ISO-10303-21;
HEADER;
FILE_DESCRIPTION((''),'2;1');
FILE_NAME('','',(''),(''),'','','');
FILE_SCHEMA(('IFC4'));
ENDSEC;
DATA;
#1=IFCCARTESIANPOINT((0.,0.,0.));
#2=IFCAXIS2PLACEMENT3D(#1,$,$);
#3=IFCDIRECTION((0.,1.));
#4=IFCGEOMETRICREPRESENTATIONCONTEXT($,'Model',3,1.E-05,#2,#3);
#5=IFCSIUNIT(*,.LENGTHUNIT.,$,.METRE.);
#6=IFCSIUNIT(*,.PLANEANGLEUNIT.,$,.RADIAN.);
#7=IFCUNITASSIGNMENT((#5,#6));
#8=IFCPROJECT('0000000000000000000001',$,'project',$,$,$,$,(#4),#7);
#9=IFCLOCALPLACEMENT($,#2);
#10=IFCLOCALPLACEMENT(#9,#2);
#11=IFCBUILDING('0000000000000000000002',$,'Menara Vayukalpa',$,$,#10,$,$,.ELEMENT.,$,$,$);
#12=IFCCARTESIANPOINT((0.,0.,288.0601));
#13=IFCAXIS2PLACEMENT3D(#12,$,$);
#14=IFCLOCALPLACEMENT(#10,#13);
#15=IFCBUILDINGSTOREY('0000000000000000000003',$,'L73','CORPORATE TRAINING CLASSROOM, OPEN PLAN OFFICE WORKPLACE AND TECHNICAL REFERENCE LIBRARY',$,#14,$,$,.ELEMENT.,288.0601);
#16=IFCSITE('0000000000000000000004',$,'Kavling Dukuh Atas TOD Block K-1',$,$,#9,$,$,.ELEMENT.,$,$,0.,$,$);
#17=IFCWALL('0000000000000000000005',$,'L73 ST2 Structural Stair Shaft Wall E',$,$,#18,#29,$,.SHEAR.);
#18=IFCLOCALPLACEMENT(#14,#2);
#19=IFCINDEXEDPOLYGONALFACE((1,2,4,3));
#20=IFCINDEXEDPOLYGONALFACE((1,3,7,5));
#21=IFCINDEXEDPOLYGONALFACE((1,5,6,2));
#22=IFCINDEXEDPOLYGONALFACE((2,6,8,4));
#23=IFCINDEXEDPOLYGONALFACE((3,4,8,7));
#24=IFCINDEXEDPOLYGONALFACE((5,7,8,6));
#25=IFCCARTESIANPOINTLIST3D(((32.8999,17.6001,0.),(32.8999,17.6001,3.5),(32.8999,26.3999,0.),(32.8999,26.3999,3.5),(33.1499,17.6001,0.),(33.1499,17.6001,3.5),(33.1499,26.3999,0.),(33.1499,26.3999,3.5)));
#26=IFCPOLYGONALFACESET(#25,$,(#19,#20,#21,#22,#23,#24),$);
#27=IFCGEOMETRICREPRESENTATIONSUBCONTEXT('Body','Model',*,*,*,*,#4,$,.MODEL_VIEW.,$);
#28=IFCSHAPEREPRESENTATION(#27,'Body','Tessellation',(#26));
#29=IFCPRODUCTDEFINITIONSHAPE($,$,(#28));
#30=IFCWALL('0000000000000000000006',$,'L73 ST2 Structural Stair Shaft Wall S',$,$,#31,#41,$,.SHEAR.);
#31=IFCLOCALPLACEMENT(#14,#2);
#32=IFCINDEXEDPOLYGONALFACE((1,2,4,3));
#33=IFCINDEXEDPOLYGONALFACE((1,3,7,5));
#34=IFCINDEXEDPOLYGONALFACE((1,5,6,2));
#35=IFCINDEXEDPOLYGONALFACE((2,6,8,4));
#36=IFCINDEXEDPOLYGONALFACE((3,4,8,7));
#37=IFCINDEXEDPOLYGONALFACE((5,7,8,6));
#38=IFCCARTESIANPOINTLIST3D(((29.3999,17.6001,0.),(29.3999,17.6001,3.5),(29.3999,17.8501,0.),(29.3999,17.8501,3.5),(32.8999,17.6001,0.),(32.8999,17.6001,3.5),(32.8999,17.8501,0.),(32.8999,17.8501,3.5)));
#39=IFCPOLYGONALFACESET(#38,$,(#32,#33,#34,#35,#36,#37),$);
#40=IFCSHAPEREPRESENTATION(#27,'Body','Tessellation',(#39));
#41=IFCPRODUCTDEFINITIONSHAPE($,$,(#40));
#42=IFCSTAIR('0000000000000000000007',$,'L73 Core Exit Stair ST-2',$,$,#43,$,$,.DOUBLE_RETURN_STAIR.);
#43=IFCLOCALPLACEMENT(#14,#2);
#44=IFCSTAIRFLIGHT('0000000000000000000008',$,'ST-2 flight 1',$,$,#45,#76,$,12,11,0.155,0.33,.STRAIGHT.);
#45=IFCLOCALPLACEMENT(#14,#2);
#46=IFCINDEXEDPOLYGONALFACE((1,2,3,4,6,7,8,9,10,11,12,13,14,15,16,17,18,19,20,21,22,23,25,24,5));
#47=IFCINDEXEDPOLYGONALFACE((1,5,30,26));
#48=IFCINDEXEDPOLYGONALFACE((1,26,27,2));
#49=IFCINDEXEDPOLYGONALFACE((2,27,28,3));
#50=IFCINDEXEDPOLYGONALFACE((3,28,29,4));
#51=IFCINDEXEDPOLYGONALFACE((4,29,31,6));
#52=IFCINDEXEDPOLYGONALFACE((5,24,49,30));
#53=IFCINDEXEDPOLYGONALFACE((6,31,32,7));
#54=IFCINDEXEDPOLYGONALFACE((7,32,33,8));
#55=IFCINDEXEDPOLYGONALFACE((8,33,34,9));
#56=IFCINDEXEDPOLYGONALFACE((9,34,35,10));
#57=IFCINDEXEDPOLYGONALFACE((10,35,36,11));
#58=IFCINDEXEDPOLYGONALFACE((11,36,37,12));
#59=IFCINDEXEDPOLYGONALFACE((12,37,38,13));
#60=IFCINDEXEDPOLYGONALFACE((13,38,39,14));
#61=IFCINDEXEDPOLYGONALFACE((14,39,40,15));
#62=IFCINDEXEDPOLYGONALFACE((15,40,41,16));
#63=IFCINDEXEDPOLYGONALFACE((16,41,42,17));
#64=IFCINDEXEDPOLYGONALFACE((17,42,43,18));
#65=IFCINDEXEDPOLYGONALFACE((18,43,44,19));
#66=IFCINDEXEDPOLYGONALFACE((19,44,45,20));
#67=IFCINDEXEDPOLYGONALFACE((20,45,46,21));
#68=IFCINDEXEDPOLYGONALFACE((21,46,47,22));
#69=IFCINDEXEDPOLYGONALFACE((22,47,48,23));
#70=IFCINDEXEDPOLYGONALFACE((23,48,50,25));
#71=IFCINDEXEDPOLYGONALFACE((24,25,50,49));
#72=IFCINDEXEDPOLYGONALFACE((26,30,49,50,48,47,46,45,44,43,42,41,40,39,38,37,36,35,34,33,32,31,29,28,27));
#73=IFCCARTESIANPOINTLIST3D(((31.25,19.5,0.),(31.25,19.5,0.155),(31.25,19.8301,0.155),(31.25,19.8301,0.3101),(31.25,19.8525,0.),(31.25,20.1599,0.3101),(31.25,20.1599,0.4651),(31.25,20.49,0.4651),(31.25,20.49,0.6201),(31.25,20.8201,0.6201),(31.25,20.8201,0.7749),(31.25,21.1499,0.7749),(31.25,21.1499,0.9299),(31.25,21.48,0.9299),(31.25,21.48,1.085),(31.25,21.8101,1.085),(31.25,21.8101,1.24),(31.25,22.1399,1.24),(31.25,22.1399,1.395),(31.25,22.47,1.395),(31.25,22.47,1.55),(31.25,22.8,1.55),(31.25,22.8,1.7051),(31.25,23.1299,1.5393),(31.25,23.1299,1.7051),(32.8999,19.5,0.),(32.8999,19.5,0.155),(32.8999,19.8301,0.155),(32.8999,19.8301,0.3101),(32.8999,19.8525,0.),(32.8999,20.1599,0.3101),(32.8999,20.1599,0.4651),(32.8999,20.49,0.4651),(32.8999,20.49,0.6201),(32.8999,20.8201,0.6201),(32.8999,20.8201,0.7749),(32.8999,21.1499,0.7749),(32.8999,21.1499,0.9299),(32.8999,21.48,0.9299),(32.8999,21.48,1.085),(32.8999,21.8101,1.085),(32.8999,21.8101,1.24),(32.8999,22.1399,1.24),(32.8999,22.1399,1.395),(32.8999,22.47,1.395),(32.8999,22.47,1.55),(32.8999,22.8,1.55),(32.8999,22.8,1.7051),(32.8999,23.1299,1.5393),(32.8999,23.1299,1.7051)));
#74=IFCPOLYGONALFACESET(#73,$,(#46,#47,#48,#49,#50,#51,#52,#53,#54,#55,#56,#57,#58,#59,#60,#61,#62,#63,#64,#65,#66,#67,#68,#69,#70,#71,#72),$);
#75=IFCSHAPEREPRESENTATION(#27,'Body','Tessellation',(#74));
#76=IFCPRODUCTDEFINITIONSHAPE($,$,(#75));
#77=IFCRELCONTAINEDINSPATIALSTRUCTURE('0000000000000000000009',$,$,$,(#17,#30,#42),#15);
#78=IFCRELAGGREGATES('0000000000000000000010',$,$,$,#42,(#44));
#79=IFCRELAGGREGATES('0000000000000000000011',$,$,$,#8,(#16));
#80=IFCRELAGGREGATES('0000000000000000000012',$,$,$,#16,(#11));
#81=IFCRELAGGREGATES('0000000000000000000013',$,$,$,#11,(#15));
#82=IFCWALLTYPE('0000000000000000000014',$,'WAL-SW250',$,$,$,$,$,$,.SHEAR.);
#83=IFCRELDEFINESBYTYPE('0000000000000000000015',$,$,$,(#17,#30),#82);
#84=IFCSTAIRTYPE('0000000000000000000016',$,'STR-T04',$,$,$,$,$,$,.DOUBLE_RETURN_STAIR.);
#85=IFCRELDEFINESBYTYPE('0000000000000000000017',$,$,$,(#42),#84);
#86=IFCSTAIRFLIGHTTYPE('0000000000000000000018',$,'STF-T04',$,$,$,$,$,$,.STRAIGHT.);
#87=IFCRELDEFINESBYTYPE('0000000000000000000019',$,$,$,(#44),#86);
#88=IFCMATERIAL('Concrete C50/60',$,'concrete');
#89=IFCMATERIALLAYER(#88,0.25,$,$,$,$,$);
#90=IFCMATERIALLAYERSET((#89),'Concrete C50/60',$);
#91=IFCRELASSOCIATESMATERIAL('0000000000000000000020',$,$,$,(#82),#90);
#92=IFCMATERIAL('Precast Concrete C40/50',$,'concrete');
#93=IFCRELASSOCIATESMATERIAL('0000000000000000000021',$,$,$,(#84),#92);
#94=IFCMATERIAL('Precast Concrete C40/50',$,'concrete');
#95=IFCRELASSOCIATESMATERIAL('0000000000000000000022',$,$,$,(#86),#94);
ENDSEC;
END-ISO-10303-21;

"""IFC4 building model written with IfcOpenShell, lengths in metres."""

from ifc_helpers import new_model, si_unit, direction, frame, frame_2d, origin, place, context, subcontext, project, spatial, polyline, rectangle, outline, extrude, material, layer, layer_set, type_object, element, aggregate, save


model = new_model("IFC4")

# Units and contexts
model_context = context("Model", 3, precision=1e-05, world=origin(), true_north=direction((0.0, 1.0)))
body_context = subcontext(model_context, "Body", "Model", "MODEL_VIEW")
ifc_project = project(units=[si_unit("LENGTHUNIT", "METRE"), si_unit("PLANEANGLEUNIT", "RADIAN")], contexts=[model_context])

# Site, building, storey
site_placement = place(None, origin())
site = spatial("IfcSite", under=ifc_project, at=site_placement, Name="Kavling Dukuh Atas TOD Block K-1", CompositionType="ELEMENT", RefElevation=0.0)
building_placement = place(site_placement, origin())
building = spatial("IfcBuilding", under=site, at=building_placement, Name="Menara Vayukalpa", CompositionType="ELEMENT")
storey_placement = place(building_placement, frame((0.0, 0.0, 288.0601)))
storey = spatial("IfcBuildingStorey", under=building, at=storey_placement, Name="L73", Description="CORPORATE TRAINING CLASSROOM, OPEN PLAN OFFICE WORKPLACE AND TECHNICAL REFERENCE LIBRARY", CompositionType="ELEMENT", Elevation=288.0601)

# Walls
ifc_material_1 = material(Name="Concrete C50/60", Category="concrete")
ifc_layer_1 = layer(ifc_material_1, 0.25)
ifc_layer_set_1 = layer_set([ifc_layer_1], Name="Concrete C50/60")
wall_type_1 = type_object("IfcWallType", Name="WAL-SW250", PredefinedType="SHEAR", material=ifc_layer_set_1)
wall_1_placement = place(storey_placement, frame((33.0249, 17.6001, 0.0), z_axis=(0.0, 0.0, 1.0), x_axis=(0.0, 1.0, 0.0)))
element("IfcWall", 1, at=wall_1_placement, inside=storey, type_object=wall_type_1, Name="L73 ST2 Structural Stair Shaft Wall E", PredefinedType="SHEAR", context=body_context, shape_type="SweptSolid", body=[
    extrude(rectangle(XDim=8.7998, YDim=0.25, at=frame_2d((4.3999, 0.0))), origin(), (0.0, 0.0, 1.0), 3.5),
])
wall_2_placement = place(storey_placement, frame((29.3999, 17.7251, 0.0), z_axis=(0.0, 0.0, 1.0), x_axis=(1.0, 0.0, 0.0)))
element("IfcWall", 2, at=wall_2_placement, inside=storey, type_object=wall_type_1, Name="L73 ST2 Structural Stair Shaft Wall S", PredefinedType="SHEAR", context=body_context, shape_type="SweptSolid", body=[
    extrude(rectangle(XDim=3.5, YDim=0.25, at=frame_2d((1.75, 0.0))), origin(), (0.0, 0.0, 1.0), 3.5),
])

# Stair, stair flight
ifc_material_2 = material(Name="Precast Concrete C40/50", Category="concrete")
stair_type = type_object("IfcStairType", Name="STR-T04", PredefinedType="DOUBLE_RETURN_STAIR", material=ifc_material_2)
stair_placement = place(storey_placement, origin())
stair = element("IfcStair", 3, at=stair_placement, inside=storey, type_object=stair_type, Name="L73 Core Exit Stair ST-2", PredefinedType="DOUBLE_RETURN_STAIR")
ifc_material_3 = material(Name="Precast Concrete C40/50", Category="concrete")
stair_flight_type = type_object("IfcStairFlightType", Name="STF-T04", PredefinedType="STRAIGHT", material=ifc_material_3)
stair_flight_placement = place(storey_placement, frame((32.075, 19.5, 0.0), z_axis=(0.0, 0.0, 1.0), x_axis=(0.0, 1.0, 0.0)))
stair_flight = element("IfcStairFlight", 4, at=stair_flight_placement, type_object=stair_flight_type, Name="ST-2 flight 1", NumberOfRisers=12, NumberOfTreads=11, PredefinedType="STRAIGHT", RiserHeight=0.155, TreadLength=0.33, context=body_context, shape_type="SweptSolid", body=[
    extrude(outline(polyline([(0.0, 0.0), (0.0, 0.155), (0.3301, 0.155), (0.3301, 0.3101), (0.6599, 0.3101), (0.6599, 0.4651), (0.99, 0.4651), (0.99, 0.6201), (1.3201, 0.6201), (1.3201, 0.7749), (1.6499, 0.7749), (1.6499, 0.9299), (1.98, 0.9299), (1.98, 1.085), (2.3101, 1.085), (2.3101, 1.24), (2.6399, 1.24), (2.6399, 1.395), (2.97, 1.395), (2.97, 1.55), (3.3, 1.55), (3.3, 1.7051), (3.6299, 1.7051), (3.6299, 1.8601), (3.6299, 1.5393), (0.3525, 0.0), (0.0, 0.0)])), frame((0.0, 0.825, 0.0), z_axis=(0.0, -1.0, 0.0), x_axis=(1.0, 0.0, 0.0)), (0.0, 0.0, 1.0), 1.6499),
])
aggregate(stair, [stair_flight])

save(model, "model.ifc")
